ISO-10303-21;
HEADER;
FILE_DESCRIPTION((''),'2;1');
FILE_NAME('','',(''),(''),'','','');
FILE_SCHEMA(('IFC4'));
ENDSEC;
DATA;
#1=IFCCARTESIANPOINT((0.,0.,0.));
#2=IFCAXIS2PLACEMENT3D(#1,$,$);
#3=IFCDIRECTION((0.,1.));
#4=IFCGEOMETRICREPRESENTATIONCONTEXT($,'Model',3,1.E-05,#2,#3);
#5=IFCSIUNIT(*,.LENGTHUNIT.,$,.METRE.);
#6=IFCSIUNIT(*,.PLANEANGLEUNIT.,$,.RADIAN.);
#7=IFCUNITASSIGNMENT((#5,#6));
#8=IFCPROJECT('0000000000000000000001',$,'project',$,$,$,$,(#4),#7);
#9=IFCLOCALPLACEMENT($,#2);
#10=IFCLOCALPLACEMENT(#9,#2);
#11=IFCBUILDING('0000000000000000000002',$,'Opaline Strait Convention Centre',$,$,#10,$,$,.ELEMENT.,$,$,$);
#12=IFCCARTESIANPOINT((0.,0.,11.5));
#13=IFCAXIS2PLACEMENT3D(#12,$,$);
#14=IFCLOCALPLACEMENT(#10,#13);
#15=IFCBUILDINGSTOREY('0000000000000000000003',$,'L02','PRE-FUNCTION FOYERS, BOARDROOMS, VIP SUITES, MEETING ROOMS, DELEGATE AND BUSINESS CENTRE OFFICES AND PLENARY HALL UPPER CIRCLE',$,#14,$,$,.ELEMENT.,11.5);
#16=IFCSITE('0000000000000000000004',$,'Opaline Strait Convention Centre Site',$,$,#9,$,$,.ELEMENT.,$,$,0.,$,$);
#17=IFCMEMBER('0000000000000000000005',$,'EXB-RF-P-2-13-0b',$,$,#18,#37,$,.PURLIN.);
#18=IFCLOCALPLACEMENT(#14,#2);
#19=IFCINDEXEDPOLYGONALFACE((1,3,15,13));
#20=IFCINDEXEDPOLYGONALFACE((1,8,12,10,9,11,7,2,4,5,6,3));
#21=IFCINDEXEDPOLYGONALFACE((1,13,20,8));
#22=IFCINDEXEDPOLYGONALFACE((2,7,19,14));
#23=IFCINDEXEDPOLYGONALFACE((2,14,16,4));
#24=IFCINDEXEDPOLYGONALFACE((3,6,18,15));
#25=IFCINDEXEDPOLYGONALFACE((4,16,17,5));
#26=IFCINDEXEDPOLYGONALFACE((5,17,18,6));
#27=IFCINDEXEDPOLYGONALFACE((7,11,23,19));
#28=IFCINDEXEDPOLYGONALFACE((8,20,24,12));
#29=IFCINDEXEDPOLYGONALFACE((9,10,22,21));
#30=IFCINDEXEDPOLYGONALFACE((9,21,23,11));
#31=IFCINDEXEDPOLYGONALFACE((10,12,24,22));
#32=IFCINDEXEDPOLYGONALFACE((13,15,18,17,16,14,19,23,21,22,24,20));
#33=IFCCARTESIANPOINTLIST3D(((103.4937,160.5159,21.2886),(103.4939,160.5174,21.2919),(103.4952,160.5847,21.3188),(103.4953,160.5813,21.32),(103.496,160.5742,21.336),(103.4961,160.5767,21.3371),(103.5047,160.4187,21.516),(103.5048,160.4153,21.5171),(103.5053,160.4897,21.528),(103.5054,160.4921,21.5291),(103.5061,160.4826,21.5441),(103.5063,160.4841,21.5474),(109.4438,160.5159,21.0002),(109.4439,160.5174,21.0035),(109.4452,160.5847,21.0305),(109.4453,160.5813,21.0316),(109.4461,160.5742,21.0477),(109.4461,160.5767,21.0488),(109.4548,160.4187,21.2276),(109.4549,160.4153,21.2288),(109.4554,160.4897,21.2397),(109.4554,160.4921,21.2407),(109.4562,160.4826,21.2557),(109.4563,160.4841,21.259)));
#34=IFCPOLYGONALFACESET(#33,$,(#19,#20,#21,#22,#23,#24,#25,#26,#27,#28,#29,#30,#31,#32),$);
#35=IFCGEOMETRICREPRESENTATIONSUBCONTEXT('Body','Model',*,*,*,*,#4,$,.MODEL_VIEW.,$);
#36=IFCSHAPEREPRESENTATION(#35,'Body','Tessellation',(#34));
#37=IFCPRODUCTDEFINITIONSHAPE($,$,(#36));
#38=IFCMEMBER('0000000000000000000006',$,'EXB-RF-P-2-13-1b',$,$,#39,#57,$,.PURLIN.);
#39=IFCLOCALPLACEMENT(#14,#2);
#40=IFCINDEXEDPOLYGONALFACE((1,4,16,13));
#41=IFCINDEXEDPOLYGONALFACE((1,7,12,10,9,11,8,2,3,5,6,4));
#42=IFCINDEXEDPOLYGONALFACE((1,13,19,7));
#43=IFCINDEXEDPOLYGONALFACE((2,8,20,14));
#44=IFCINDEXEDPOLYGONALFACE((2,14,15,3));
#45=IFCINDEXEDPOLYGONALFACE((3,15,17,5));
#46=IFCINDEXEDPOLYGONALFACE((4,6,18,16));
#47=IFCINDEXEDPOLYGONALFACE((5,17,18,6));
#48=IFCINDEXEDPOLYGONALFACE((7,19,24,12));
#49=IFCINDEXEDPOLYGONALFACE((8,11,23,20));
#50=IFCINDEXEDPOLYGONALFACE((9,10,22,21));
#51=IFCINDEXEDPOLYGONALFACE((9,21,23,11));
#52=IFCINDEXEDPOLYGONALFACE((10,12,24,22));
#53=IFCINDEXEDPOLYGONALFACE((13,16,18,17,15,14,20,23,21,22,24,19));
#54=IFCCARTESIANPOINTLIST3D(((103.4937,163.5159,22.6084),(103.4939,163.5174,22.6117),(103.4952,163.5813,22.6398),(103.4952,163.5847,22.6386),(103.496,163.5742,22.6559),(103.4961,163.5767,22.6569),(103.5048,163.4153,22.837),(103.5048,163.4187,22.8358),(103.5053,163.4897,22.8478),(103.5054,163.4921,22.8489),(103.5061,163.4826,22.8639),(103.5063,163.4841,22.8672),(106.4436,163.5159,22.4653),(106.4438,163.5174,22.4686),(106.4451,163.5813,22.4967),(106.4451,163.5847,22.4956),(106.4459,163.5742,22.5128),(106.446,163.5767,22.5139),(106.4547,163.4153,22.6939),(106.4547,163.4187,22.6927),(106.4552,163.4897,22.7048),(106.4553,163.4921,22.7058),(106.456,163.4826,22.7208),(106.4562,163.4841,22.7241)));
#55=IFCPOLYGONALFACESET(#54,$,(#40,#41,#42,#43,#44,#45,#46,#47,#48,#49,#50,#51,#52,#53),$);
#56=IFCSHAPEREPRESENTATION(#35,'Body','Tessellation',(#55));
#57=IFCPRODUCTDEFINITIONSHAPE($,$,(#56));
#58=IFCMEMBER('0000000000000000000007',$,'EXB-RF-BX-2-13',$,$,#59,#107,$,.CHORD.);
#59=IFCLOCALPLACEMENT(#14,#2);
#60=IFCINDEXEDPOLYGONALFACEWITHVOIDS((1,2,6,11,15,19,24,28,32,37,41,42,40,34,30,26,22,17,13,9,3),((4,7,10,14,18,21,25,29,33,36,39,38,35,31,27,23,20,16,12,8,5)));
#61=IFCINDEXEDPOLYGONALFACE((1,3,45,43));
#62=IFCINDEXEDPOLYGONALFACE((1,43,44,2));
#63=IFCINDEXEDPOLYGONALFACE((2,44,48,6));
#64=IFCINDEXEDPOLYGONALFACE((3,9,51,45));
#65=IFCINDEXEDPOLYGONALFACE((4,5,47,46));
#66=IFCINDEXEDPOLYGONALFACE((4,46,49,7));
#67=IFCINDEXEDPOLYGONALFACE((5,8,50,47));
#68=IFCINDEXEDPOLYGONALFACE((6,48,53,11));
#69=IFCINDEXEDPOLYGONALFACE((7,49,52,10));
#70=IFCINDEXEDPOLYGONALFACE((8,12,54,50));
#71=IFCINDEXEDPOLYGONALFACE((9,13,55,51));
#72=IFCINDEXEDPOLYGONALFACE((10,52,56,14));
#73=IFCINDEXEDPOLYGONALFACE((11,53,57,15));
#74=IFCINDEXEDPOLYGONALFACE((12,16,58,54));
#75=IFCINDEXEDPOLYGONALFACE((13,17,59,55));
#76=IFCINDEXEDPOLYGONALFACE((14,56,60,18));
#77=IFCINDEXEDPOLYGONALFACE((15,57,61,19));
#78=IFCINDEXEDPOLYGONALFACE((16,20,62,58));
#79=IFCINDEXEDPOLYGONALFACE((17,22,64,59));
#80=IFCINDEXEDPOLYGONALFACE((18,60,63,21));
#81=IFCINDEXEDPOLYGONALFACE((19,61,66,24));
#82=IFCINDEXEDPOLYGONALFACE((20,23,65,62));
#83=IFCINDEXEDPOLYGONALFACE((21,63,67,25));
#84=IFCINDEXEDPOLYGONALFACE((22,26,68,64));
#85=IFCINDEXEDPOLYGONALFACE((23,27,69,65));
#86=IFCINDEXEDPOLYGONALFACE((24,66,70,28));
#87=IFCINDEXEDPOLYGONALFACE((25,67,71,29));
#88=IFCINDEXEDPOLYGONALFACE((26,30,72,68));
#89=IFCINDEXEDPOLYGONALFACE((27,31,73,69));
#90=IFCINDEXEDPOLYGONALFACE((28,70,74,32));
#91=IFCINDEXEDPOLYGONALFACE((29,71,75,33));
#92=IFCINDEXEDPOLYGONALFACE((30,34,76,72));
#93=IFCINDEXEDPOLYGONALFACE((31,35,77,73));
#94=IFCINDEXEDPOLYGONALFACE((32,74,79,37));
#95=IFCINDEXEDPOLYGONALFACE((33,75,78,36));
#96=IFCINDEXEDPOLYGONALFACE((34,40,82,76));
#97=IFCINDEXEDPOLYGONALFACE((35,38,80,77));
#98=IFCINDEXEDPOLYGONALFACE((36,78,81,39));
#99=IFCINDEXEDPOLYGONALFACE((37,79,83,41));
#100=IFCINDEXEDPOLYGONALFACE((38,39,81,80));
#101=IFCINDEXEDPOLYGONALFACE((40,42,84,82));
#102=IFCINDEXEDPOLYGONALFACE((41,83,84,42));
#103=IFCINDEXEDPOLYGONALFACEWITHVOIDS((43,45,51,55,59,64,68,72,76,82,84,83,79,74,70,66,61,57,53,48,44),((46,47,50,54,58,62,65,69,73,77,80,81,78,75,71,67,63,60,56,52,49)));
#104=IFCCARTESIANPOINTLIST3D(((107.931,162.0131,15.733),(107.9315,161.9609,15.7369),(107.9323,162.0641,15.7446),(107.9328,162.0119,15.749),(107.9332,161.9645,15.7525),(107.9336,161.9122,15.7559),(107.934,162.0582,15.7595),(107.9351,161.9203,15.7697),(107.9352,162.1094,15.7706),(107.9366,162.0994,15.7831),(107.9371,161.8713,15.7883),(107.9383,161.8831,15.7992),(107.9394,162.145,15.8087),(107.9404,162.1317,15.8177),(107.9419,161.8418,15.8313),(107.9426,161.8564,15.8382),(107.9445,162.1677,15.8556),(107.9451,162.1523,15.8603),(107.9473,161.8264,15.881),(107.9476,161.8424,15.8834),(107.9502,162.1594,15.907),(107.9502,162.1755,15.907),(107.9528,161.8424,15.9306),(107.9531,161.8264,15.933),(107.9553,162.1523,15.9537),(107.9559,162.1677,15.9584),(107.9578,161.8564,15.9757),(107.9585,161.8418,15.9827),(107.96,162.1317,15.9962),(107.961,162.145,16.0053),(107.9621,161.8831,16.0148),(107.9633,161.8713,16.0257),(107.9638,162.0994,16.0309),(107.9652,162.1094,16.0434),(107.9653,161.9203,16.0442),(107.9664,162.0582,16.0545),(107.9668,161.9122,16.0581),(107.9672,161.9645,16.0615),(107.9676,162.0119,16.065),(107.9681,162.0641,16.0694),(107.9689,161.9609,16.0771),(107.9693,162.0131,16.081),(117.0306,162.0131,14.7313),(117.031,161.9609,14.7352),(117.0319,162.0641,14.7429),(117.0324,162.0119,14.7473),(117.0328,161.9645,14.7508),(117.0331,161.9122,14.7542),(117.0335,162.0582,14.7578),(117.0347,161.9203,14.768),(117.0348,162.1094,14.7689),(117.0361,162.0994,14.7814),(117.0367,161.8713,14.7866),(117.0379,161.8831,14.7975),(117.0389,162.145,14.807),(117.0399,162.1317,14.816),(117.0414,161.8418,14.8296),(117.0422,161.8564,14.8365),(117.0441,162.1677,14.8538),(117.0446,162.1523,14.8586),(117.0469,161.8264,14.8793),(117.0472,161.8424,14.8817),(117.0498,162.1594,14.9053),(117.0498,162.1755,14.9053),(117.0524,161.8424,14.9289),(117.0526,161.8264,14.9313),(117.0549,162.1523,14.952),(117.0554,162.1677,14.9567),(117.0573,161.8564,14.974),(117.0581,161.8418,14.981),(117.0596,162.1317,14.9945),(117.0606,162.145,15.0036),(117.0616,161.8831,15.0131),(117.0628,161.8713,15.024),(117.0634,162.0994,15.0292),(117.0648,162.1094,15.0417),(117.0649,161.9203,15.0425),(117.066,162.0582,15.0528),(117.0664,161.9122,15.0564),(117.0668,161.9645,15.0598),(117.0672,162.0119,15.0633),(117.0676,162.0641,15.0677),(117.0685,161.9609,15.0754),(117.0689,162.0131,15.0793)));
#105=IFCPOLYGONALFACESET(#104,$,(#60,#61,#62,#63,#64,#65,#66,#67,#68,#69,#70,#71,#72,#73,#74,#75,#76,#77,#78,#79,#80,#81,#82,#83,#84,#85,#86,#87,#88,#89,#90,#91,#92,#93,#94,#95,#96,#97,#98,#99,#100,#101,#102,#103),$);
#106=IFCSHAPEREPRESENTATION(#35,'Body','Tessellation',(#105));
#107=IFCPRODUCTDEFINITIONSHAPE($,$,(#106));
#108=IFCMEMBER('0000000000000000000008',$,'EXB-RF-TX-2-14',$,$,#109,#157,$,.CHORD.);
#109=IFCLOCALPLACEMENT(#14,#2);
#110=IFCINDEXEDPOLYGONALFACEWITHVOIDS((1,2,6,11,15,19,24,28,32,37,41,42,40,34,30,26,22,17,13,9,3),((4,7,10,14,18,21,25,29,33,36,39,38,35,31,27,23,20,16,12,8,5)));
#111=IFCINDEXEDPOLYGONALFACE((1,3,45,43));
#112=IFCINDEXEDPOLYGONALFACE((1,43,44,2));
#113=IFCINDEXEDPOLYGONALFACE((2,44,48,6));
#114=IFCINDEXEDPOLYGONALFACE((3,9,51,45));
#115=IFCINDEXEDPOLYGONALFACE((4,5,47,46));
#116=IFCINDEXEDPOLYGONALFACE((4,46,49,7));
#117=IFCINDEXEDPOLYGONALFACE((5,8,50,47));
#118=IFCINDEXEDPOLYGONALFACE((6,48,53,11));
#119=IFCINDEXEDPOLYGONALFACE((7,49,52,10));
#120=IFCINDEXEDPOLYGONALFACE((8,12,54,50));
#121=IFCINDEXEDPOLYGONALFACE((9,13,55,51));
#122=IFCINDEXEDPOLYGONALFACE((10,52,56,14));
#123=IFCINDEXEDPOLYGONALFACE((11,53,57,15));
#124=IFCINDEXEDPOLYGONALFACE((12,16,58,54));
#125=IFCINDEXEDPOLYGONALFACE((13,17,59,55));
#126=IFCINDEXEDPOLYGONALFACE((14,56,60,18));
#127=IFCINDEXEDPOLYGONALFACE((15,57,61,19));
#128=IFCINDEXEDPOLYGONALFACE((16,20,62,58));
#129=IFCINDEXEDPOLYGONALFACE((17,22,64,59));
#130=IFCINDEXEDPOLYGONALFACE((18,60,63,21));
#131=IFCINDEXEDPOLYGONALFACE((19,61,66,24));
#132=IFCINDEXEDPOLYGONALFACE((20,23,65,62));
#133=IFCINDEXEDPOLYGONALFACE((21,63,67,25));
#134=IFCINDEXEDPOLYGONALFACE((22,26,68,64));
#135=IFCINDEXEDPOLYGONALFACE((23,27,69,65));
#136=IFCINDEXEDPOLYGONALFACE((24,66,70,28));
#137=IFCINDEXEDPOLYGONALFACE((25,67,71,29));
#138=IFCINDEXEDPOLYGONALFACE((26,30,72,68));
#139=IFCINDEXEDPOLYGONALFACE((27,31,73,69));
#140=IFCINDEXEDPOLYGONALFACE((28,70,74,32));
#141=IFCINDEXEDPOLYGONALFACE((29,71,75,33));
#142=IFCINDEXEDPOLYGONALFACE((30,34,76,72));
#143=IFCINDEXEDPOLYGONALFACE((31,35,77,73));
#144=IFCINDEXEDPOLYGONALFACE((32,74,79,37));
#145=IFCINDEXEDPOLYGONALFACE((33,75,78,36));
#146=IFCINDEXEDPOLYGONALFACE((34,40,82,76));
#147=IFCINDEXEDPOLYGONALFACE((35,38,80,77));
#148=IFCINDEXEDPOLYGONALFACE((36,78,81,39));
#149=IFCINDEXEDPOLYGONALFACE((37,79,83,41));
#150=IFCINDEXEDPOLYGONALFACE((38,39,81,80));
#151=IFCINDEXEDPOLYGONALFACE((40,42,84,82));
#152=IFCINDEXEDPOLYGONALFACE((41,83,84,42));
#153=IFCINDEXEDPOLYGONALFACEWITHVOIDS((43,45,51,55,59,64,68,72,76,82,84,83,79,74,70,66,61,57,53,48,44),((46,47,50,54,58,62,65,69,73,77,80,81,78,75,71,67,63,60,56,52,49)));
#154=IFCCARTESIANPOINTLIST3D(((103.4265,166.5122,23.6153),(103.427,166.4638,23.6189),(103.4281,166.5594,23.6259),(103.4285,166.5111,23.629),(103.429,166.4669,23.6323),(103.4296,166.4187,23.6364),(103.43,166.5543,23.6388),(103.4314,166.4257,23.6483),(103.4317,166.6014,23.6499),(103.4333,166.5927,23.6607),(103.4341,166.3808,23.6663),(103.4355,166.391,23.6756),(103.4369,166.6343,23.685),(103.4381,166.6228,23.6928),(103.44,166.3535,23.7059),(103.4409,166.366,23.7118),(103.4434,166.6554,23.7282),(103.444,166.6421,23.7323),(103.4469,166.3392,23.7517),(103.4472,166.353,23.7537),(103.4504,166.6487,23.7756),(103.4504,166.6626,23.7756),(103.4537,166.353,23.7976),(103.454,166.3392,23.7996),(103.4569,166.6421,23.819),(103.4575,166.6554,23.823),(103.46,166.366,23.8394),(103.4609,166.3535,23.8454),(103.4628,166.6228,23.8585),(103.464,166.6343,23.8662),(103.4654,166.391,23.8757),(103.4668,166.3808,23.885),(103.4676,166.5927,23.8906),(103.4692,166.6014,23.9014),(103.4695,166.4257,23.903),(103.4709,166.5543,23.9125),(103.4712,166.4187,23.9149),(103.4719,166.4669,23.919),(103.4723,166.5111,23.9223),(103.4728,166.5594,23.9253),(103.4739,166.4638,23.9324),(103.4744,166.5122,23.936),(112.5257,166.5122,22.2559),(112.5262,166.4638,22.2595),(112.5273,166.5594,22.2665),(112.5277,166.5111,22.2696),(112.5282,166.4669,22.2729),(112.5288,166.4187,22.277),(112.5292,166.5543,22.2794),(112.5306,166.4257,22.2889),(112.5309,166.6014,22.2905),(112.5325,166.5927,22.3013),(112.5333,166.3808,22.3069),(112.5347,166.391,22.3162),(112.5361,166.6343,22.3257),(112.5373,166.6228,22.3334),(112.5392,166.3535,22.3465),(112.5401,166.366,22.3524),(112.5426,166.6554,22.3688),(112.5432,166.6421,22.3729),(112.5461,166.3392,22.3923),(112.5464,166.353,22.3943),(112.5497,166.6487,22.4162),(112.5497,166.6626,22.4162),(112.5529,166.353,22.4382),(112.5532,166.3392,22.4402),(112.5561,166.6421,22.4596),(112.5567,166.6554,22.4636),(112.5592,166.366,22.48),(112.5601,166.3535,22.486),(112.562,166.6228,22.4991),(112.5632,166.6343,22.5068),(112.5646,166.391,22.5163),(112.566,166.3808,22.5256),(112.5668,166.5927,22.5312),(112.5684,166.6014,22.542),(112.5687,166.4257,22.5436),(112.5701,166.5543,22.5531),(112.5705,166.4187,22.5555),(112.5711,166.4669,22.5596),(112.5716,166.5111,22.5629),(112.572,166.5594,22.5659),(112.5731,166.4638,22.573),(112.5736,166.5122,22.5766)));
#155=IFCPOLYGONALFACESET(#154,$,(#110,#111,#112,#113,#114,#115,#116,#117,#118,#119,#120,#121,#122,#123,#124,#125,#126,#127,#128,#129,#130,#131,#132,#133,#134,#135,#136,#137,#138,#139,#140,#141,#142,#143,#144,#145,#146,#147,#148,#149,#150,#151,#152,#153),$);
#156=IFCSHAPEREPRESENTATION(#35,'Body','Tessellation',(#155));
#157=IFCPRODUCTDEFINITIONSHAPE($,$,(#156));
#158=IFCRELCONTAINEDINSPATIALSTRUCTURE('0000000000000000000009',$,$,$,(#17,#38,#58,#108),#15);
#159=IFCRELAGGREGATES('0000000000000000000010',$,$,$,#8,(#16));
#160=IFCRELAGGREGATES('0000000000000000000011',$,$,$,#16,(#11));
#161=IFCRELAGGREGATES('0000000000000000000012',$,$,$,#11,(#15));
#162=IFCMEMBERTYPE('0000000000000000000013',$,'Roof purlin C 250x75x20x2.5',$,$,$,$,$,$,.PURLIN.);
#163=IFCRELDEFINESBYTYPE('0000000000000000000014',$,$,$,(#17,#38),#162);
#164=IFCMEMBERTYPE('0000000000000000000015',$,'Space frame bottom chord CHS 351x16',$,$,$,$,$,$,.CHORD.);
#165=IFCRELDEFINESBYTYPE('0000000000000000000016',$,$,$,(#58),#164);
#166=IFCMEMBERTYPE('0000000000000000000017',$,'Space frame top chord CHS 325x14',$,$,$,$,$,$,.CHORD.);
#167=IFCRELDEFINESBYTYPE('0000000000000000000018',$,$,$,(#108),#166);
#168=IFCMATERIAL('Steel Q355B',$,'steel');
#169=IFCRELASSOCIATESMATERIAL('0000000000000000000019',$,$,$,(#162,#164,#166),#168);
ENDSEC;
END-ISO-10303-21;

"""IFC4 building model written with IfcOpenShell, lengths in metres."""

from ifc_helpers import new_model, si_unit, direction, frame, origin, origin_2d, place, context, subcontext, project, spatial, polyline, hollow_circle, outline, extrude, material, material_profile, profile_set, type_object, element, save


model = new_model("IFC4")

# Units and contexts
model_context = context("Model", 3, precision=1e-05, world=origin(), true_north=direction((0.0, 1.0)))
body_context = subcontext(model_context, "Body", "Model", "MODEL_VIEW")
ifc_project = project(units=[si_unit("LENGTHUNIT", "METRE"), si_unit("PLANEANGLEUNIT", "RADIAN")], contexts=[model_context])

# Site, building, storey
site_placement = place(None, origin())
site = spatial("IfcSite", under=ifc_project, at=site_placement, Name="Opaline Strait Convention Centre Site", CompositionType="ELEMENT", RefElevation=0.0)
building_placement = place(site_placement, origin())
building = spatial("IfcBuilding", under=site, at=building_placement, Name="Opaline Strait Convention Centre", CompositionType="ELEMENT")
storey_placement = place(building_placement, frame((0.0, 0.0, 11.5)))
storey = spatial("IfcBuildingStorey", under=building, at=storey_placement, Name="L02", Description="PRE-FUNCTION FOYERS, BOARDROOMS, VIP SUITES, MEETING ROOMS, DELEGATE AND BUSINESS CENTRE OFFICES AND PLENARY HALL UPPER CIRCLE", CompositionType="ELEMENT", Elevation=11.5)

# Members
ifc_material_1 = material(Name="Steel Q355B", Category="steel")
ifc_material_profile_1 = material_profile(ifc_material_1, outline(polyline([(-0.0376, -0.125), (0.0376, -0.125), (0.0376, -0.105), (0.0349, -0.105), (0.0349, -0.1226), (-0.0349, -0.1226), (-0.0349, 0.1226), (0.0349, 0.1226), (0.0349, 0.105), (0.0376, 0.105), (0.0376, 0.125), (-0.0376, 0.125), (-0.0376, -0.125)])), Name="C 250x75x20x2.5")
ifc_profile_set_1 = profile_set([ifc_material_profile_1], Name="Steel Q355B")
member_type_1 = type_object("IfcMemberType", Name="Roof purlin C 250x75x20x2.5", PredefinedType="PURLIN", material=ifc_profile_set_1)
member_1_placement = place(storey_placement, frame((103.5, 160.5, 21.418), z_axis=(0.998828, 0.0, -0.048402), x_axis=(0.019489, 0.915359, 0.402168)))
element("IfcMember", 1, at=member_1_placement, inside=storey, type_object=member_type_1, Name="EXB-RF-P-2-13-0b", PredefinedType="PURLIN", context=body_context, shape_type="SweptSolid", body=[
    extrude(outline(polyline([(-0.0376, -0.125), (0.0376, -0.125), (0.0376, -0.105), (0.0349, -0.105), (0.0349, -0.1226), (-0.0349, -0.1226), (-0.0349, 0.1226), (0.0349, 0.1226), (0.0349, 0.105), (0.0376, 0.105), (0.0376, 0.125), (-0.0376, 0.125), (-0.0376, -0.125)])), origin(), (0.0, 0.0, 1.0), 5.957),
])
member_2_placement = place(storey_placement, frame((103.5, 163.5, 22.7378), z_axis=(0.998826, 0.0, -0.048441), x_axis=(0.019504, 0.915359, 0.402167)))
element("IfcMember", 2, at=member_2_placement, inside=storey, type_object=member_type_1, Name="EXB-RF-P-2-13-1b", PredefinedType="PURLIN", context=body_context, shape_type="SweptSolid", body=[
    extrude(outline(polyline([(-0.0376, -0.125), (0.0376, -0.125), (0.0376, -0.105), (0.0349, -0.105), (0.0349, -0.1226), (-0.0349, -0.1226), (-0.0349, 0.1226), (0.0349, 0.1226), (0.0349, 0.105), (0.0376, 0.105), (0.0376, 0.125), (-0.0376, 0.125), (-0.0376, -0.125)])), origin(), (0.0, 0.0, 1.0), 2.9534),
])
ifc_material_profile_2 = material_profile(ifc_material_1, hollow_circle(Radius=0.1755, WallThickness=0.0161, at=origin_2d()), Name="CHS 351x16")
ifc_profile_set_2 = profile_set([ifc_material_profile_2], Name="Steel Q355B")
member_type_2 = type_object("IfcMemberType", Name="Space frame bottom chord CHS 351x16", PredefinedType="CHORD", material=ifc_profile_set_2)
member_3_placement = place(storey_placement, frame((107.9502, 162.0, 15.907), z_axis=(0.993995, 0.0, -0.109422), x_axis=(0.0, 1.0, 0.0)))
element("IfcMember", 3, at=member_3_placement, inside=storey, type_object=member_type_2, Name="EXB-RF-BX-2-13", PredefinedType="CHORD", context=body_context, shape_type="SweptSolid", body=[
    extrude(hollow_circle(Radius=0.1755, WallThickness=0.0161, at=origin_2d()), origin(), (0.0, 0.0, 1.0), 9.1545),
])
ifc_material_profile_3 = material_profile(ifc_material_1, hollow_circle(Radius=0.1626, WallThickness=0.0139, at=origin_2d()), Name="CHS 325x14")
ifc_profile_set_3 = profile_set([ifc_material_profile_3], Name="Steel Q355B")
member_type_3 = type_object("IfcMemberType", Name="Space frame top chord CHS 325x14", PredefinedType="CHORD", material=ifc_profile_set_3)
member_4_placement = place(storey_placement, frame((103.4504, 166.5, 23.7756), z_axis=(0.989024, 0.0, -0.147756), x_axis=(0.0, 1.0, 0.0)))
element("IfcMember", 4, at=member_4_placement, inside=storey, type_object=member_type_3, Name="EXB-RF-TX-2-14", PredefinedType="CHORD", context=body_context, shape_type="SweptSolid", body=[
    extrude(hollow_circle(Radius=0.1626, WallThickness=0.0139, at=origin_2d()), origin(), (0.0, 0.0, 1.0), 9.2002),
])

save(model, "model.ifc")
